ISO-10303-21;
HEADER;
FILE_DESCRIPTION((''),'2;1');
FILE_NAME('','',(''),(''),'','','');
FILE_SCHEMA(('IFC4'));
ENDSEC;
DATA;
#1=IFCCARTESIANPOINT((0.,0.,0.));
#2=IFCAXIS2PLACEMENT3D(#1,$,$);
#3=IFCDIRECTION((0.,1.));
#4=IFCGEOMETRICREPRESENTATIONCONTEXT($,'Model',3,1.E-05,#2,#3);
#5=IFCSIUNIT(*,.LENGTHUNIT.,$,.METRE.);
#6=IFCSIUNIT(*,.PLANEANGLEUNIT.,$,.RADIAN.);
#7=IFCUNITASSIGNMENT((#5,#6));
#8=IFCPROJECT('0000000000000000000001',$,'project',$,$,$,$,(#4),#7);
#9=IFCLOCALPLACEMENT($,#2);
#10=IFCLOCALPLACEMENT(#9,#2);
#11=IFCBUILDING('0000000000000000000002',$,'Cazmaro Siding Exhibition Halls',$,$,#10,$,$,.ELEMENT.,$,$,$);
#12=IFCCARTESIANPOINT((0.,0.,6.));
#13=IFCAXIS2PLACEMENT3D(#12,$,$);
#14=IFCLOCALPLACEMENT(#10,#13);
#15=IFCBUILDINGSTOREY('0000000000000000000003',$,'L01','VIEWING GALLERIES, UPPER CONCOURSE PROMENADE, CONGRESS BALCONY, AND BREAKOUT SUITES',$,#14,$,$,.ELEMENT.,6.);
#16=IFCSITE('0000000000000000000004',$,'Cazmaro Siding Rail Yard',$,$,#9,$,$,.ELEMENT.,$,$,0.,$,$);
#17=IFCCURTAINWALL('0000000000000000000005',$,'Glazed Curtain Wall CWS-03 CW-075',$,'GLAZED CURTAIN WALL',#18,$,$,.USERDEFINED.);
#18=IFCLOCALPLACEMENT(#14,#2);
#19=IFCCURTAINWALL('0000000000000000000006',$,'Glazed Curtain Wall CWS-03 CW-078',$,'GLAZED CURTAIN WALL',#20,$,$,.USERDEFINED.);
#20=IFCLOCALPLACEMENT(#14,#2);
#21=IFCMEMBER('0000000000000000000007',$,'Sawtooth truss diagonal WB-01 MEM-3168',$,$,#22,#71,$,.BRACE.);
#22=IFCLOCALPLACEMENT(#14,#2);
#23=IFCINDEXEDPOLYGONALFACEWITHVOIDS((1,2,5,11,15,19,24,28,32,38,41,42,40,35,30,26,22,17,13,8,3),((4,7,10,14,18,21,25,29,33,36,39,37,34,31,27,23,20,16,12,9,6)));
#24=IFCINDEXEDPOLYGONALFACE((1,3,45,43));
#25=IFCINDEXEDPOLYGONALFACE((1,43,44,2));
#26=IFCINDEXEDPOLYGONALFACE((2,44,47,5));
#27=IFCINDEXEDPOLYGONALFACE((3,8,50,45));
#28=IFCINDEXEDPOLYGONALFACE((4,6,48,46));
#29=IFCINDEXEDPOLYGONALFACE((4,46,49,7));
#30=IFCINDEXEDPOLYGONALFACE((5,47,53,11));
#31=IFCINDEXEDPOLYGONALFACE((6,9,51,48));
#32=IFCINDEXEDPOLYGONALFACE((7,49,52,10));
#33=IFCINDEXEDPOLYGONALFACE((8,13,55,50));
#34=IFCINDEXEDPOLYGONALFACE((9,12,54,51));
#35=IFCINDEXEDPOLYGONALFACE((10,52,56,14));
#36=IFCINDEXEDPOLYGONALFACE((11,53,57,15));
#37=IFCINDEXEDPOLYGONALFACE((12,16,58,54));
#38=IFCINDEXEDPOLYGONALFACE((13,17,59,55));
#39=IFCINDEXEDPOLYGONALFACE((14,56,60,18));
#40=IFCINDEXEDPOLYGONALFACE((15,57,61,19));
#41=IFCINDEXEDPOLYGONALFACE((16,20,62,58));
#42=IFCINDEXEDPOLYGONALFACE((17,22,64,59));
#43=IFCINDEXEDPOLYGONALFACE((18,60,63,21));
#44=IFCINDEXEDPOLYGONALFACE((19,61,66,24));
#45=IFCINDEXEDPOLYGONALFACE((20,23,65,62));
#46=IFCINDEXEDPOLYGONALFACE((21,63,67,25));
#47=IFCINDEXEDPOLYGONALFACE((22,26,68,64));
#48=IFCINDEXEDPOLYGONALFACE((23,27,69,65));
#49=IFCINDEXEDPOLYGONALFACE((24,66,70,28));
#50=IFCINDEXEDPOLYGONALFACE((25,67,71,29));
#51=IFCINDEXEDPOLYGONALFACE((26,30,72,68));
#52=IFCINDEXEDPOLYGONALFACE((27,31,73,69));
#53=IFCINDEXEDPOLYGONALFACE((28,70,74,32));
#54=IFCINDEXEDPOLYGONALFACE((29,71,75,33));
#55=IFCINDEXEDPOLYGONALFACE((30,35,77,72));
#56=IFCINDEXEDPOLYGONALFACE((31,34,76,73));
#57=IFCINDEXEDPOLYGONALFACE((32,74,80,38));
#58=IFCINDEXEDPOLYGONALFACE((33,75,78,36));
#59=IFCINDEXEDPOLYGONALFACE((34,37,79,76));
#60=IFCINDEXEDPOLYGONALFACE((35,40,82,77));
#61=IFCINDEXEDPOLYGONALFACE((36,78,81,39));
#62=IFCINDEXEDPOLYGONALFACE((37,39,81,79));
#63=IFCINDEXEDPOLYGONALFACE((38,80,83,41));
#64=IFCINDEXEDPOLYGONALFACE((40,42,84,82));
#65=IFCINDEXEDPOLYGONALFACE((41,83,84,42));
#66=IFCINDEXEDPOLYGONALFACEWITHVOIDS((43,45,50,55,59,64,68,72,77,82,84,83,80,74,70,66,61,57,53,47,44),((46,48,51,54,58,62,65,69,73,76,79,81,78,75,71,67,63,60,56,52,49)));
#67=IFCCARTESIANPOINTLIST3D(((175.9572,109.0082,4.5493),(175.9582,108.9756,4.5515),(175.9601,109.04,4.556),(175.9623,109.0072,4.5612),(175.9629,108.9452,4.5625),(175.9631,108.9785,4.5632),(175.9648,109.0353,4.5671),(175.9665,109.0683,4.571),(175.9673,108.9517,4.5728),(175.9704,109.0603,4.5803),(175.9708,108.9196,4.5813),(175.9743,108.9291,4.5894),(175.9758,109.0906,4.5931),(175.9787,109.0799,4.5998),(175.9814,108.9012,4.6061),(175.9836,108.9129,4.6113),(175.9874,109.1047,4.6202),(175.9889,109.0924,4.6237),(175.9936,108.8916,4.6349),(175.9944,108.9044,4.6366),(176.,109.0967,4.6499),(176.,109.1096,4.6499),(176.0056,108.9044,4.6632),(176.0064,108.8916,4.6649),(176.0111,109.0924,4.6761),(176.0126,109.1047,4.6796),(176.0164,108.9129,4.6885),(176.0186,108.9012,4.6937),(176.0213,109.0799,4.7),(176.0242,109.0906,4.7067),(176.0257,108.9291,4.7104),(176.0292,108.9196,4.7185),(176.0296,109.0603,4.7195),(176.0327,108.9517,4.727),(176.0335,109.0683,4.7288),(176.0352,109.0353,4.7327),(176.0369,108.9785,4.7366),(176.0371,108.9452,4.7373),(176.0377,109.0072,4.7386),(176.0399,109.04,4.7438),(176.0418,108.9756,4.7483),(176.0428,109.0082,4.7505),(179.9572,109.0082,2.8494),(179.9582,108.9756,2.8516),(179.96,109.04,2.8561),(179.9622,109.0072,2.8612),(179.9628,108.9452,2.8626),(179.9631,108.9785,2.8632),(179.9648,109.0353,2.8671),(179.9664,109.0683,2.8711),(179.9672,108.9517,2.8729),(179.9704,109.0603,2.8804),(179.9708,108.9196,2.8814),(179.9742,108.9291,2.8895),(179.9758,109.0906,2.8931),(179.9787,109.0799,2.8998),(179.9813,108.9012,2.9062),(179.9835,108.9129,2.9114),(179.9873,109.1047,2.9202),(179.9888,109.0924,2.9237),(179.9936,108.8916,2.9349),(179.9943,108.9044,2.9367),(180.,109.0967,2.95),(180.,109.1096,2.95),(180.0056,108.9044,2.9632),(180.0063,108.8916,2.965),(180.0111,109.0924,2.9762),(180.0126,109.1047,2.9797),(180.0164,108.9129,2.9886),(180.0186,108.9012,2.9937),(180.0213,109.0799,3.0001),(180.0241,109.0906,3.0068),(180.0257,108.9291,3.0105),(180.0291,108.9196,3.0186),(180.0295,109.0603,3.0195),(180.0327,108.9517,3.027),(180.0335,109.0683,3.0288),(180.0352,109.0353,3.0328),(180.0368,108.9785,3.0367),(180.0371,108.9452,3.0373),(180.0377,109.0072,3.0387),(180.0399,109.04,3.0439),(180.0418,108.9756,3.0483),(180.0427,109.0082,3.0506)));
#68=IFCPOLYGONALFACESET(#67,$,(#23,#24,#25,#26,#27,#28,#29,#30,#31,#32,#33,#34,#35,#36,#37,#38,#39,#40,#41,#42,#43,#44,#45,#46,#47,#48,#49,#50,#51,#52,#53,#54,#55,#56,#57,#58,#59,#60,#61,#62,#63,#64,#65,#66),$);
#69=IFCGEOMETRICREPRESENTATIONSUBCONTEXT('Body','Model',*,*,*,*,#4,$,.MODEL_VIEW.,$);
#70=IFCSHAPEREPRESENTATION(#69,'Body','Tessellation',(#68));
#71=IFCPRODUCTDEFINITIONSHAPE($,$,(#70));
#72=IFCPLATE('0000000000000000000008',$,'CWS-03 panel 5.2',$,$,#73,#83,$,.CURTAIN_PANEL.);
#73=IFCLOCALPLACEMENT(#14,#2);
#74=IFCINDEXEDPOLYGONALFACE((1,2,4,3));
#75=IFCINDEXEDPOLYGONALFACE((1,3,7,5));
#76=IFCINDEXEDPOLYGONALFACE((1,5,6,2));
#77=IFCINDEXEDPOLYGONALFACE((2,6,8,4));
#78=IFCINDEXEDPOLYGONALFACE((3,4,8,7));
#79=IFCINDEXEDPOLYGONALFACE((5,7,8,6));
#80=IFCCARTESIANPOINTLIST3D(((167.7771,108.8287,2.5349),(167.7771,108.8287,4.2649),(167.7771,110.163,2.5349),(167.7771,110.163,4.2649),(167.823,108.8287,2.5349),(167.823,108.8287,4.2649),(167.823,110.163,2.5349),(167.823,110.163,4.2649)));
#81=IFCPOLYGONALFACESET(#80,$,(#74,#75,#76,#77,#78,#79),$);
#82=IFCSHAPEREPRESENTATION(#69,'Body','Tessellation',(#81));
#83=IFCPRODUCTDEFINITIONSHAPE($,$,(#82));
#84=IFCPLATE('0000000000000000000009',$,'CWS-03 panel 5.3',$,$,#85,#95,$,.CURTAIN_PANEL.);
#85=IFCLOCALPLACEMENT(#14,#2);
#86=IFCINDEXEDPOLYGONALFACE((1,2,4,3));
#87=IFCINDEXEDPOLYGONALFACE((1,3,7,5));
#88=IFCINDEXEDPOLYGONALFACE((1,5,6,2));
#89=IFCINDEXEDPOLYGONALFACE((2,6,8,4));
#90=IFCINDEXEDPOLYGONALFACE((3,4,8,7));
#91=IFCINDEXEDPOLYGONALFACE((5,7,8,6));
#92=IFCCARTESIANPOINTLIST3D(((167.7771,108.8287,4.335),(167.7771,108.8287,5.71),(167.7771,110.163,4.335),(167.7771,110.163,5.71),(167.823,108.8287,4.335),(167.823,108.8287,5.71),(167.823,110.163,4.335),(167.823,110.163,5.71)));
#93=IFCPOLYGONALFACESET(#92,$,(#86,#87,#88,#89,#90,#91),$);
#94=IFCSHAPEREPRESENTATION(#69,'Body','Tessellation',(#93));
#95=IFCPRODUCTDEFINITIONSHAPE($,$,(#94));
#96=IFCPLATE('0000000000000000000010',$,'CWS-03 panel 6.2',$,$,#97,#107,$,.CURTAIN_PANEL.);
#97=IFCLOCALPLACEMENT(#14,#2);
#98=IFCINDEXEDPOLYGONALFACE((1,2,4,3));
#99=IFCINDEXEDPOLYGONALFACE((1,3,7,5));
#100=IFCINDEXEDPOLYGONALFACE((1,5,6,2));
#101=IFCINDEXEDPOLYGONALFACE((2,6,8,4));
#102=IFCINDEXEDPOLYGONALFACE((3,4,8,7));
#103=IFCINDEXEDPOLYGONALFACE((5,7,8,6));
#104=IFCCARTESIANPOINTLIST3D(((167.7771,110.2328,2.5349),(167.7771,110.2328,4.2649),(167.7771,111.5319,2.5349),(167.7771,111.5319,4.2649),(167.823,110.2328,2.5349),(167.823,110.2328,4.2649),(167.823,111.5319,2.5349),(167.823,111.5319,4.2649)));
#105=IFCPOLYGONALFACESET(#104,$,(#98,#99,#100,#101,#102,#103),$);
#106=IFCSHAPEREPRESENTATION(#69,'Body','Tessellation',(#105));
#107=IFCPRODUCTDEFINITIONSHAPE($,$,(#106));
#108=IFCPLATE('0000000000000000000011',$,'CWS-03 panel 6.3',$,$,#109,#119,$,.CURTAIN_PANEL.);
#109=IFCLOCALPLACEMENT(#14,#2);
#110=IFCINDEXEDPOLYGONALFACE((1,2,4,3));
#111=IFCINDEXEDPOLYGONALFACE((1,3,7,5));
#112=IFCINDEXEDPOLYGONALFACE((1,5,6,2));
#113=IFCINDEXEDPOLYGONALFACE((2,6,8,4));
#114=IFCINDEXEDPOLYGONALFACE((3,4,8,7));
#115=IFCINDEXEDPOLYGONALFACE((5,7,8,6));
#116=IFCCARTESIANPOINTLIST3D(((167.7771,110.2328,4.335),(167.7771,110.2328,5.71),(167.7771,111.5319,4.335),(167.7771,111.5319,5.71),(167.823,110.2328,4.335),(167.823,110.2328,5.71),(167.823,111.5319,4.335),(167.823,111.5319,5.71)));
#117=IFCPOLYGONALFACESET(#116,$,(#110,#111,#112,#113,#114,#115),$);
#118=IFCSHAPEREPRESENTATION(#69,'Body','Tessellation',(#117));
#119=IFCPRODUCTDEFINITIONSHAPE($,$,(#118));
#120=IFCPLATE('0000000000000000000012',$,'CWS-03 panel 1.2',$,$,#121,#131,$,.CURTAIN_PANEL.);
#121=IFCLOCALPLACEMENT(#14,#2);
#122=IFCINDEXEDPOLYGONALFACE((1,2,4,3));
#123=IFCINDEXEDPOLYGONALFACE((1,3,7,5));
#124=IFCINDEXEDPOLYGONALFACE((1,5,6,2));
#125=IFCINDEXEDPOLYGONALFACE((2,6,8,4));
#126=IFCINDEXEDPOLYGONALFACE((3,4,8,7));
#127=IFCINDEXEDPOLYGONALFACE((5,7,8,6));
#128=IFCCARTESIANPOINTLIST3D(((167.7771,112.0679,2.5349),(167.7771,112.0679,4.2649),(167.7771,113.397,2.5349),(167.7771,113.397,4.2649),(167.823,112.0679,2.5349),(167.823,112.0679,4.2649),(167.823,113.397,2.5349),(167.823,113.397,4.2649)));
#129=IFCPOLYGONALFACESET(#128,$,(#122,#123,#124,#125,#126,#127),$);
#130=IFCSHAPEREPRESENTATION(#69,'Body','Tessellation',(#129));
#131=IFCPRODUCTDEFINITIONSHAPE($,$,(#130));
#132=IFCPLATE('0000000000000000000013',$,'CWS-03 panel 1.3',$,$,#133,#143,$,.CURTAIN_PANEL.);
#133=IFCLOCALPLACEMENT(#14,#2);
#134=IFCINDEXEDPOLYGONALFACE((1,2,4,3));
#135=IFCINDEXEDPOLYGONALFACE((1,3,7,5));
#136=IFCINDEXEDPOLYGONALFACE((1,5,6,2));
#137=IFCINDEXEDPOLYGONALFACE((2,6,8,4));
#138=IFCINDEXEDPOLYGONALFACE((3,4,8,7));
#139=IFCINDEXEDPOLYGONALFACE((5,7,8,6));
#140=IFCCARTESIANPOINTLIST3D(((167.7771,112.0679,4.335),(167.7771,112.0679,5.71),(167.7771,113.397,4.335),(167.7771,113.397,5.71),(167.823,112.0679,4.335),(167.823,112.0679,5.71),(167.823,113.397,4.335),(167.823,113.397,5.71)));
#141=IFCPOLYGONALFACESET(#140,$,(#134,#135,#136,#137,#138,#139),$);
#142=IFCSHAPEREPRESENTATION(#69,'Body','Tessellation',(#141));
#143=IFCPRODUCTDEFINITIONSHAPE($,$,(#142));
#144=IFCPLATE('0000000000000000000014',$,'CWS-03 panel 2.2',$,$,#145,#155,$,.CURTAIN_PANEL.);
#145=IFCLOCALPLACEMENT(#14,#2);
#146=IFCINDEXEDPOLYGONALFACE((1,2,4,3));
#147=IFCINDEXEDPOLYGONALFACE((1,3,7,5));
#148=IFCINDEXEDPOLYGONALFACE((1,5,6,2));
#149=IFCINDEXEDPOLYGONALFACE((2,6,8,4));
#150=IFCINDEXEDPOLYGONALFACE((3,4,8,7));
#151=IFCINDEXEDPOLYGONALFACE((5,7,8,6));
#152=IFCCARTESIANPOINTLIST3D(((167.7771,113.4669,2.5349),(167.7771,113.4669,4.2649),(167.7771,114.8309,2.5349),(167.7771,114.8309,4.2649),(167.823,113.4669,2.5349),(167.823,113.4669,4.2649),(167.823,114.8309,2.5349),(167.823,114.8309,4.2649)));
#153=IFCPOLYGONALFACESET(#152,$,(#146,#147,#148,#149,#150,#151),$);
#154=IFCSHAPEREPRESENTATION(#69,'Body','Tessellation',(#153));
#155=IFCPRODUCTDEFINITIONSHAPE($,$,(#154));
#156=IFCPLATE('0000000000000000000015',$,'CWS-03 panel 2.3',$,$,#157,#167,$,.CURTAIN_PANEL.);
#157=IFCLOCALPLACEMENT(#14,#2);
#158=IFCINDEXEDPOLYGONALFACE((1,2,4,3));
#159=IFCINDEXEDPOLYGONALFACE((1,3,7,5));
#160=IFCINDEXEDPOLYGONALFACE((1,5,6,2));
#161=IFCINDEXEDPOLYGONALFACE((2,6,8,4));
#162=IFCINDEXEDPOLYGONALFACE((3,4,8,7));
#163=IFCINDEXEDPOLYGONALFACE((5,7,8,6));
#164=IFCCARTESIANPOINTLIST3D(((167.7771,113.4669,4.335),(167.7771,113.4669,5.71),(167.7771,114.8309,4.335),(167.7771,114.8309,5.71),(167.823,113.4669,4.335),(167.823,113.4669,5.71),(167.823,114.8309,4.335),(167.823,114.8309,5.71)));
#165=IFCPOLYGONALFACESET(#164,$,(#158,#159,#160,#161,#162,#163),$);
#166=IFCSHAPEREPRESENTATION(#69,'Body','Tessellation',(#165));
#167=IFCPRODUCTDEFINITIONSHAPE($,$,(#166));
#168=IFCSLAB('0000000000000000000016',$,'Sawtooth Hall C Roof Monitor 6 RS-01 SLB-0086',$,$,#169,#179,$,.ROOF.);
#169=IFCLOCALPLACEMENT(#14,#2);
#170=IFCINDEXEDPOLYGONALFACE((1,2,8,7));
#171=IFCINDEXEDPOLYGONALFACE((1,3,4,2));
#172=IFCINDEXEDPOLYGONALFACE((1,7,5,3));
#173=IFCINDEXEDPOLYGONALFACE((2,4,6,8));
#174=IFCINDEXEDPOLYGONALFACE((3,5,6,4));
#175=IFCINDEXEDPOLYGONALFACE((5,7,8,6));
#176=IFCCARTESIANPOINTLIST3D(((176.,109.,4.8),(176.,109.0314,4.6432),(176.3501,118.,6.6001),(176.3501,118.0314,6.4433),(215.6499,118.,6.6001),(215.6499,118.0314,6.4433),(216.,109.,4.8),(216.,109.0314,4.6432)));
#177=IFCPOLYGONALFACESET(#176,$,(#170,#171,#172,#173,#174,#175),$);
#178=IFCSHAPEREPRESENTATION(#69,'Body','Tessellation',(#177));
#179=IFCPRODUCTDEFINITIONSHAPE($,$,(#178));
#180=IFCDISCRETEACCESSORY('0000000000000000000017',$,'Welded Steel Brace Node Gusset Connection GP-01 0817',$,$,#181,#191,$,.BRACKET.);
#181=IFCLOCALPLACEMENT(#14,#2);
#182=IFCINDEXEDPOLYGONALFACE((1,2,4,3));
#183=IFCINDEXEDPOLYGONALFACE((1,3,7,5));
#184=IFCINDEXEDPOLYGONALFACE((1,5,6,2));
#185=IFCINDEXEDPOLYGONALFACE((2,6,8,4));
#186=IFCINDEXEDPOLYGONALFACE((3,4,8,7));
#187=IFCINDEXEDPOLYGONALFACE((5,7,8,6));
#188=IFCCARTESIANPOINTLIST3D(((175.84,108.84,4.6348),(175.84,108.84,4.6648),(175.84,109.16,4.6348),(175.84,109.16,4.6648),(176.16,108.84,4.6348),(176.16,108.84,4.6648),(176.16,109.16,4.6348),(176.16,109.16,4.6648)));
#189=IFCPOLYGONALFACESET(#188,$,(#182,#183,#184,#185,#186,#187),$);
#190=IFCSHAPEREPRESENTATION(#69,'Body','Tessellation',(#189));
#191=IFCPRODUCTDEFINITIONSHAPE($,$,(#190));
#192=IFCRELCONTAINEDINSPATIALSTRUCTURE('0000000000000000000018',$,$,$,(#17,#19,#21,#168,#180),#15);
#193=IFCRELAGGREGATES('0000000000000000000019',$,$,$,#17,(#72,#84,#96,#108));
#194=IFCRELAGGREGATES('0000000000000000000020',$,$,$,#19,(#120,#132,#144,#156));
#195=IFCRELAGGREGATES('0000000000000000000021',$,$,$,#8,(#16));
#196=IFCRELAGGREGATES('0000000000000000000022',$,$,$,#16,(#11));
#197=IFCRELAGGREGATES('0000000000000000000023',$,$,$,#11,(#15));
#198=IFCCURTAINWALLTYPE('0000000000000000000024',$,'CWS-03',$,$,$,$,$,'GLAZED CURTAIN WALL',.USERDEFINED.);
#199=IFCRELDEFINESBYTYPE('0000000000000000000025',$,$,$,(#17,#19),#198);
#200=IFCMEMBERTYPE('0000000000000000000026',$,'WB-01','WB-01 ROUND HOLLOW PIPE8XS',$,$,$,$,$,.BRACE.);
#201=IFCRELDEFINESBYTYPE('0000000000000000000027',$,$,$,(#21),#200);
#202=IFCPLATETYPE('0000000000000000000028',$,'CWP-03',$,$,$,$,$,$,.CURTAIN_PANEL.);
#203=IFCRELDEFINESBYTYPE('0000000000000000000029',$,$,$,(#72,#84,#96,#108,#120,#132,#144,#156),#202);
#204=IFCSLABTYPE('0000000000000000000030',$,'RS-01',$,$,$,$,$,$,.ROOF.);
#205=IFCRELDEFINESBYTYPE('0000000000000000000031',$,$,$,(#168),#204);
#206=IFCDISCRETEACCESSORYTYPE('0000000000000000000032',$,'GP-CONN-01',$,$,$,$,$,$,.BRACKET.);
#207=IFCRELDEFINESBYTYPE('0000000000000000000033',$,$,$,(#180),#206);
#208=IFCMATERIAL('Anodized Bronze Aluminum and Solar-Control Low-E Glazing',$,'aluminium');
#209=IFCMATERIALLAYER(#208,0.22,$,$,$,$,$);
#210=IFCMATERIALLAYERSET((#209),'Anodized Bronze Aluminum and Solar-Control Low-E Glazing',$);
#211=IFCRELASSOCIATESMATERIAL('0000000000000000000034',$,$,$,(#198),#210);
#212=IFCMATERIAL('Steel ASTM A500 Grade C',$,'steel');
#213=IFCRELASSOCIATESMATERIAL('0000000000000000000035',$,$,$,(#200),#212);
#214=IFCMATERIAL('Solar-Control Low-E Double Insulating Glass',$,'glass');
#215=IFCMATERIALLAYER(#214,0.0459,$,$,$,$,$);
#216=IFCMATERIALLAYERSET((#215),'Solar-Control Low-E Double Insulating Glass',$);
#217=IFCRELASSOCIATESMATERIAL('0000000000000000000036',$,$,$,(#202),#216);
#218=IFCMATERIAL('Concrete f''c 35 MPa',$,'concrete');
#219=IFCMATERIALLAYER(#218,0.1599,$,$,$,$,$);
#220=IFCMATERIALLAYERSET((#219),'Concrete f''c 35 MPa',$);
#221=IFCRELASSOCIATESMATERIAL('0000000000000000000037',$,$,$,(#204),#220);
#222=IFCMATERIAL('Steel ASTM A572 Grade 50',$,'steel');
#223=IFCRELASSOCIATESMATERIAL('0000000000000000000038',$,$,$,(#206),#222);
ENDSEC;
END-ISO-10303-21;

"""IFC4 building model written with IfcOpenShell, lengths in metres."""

from ifc_helpers import new_model, si_unit, direction, frame, origin, origin_2d, place, context, subcontext, project, spatial, polyline, rectangle, hollow_circle, outline, extrude, material, layer, layer_set, material_profile, profile_set, type_object, element, aggregate, save


model = new_model("IFC4")

# Units and contexts
model_context = context("Model", 3, precision=1e-05, world=origin(), true_north=direction((0.0, 1.0)))
body_context = subcontext(model_context, "Body", "Model", "MODEL_VIEW")
ifc_project = project(units=[si_unit("LENGTHUNIT", "METRE"), si_unit("PLANEANGLEUNIT", "RADIAN")], contexts=[model_context])

# Site, building, storey
site_placement = place(None, origin())
site = spatial("IfcSite", under=ifc_project, at=site_placement, Name="Cazmaro Siding Rail Yard", CompositionType="ELEMENT", RefElevation=0.0)
building_placement = place(site_placement, origin())
building = spatial("IfcBuilding", under=site, at=building_placement, Name="Cazmaro Siding Exhibition Halls", CompositionType="ELEMENT")
storey_placement = place(building_placement, frame((0.0, 0.0, 6.0)))
storey = spatial("IfcBuildingStorey", under=building, at=storey_placement, Name="L01", Description="VIEWING GALLERIES, UPPER CONCOURSE PROMENADE, CONGRESS BALCONY, AND BREAKOUT SUITES", CompositionType="ELEMENT", Elevation=6.0)

# Curtain walls
ifc_material_1 = material(Name="Anodized Bronze Aluminum and Solar-Control Low-E Glazing", Category="aluminium")
ifc_layer_1 = layer(ifc_material_1, 0.22)
ifc_layer_set_1 = layer_set([ifc_layer_1], Name="Anodized Bronze Aluminum and Solar-Control Low-E Glazing")
curtain_wall_type_1 = type_object("IfcCurtainWallType", Name="CWS-03", ElementType="GLAZED CURTAIN WALL", PredefinedType="USERDEFINED", material=ifc_layer_set_1)
curtain_wall_1_placement = place(storey_placement, origin())
curtain_wall_1 = element("IfcCurtainWall", 1, at=curtain_wall_1_placement, inside=storey, type_object=curtain_wall_type_1, Name="Glazed Curtain Wall CWS-03 CW-075", ObjectType="GLAZED CURTAIN WALL", PredefinedType="USERDEFINED")
curtain_wall_2_placement = place(storey_placement, origin())
curtain_wall_2 = element("IfcCurtainWall", 2, at=curtain_wall_2_placement, inside=storey, type_object=curtain_wall_type_1, Name="Glazed Curtain Wall CWS-03 CW-078", ObjectType="GLAZED CURTAIN WALL", PredefinedType="USERDEFINED")

# Member
ifc_material_2 = material(Name="Steel ASTM A500 Grade C", Category="steel")
ifc_material_profile_1 = material_profile(ifc_material_2, hollow_circle(Radius=0.1096, WallThickness=0.0129, at=origin_2d()), Name="PIPE8XS")
ifc_profile_set_1 = profile_set([ifc_material_profile_1], Name="Steel ASTM A500 Grade C")
member_type_1 = type_object("IfcMemberType", Name="WB-01", Description="WB-01 ROUND HOLLOW PIPE8XS", PredefinedType="BRACE", material=ifc_profile_set_1)
member_1_placement = place(storey_placement, frame((176.0, 109.0, 4.6499), z_axis=(0.920335, 0.0, -0.391131), x_axis=(0.0, 1.0, 0.0)))
element("IfcMember", 3, at=member_1_placement, inside=storey, type_object=member_type_1, Name="Sawtooth truss diagonal WB-01 MEM-3168", PredefinedType="BRACE", context=body_context, shape_type="SweptSolid", body=[
    extrude(hollow_circle(Radius=0.1096, WallThickness=0.0129, at=origin_2d()), origin(), (0.0, 0.0, 1.0), 4.3462),
])

# Plates
ifc_material_3 = material(Name="Solar-Control Low-E Double Insulating Glass", Category="glass")
ifc_layer_2 = layer(ifc_material_3, 0.0459)
ifc_layer_set_2 = layer_set([ifc_layer_2], Name="Solar-Control Low-E Double Insulating Glass")
plate_type = type_object("IfcPlateType", Name="CWP-03", PredefinedType="CURTAIN_PANEL", material=ifc_layer_set_2)
plate_1_placement = place(storey_placement, frame((167.8, 109.4958, 2.5349), z_axis=(0.0, 0.0, 1.0), x_axis=(0.0, 1.0, 0.0)))
plate_1 = element("IfcPlate", 4, at=plate_1_placement, type_object=plate_type, Name="CWS-03 panel 5.2", PredefinedType="CURTAIN_PANEL", context=body_context, shape_type="SweptSolid", body=[
    extrude(rectangle(XDim=1.3342, YDim=0.0459, at=origin_2d()), origin(), (0.0, 0.0, 1.0), 1.73),
])
plate_2_placement = place(storey_placement, frame((167.8, 109.4958, 4.335), z_axis=(0.0, 0.0, 1.0), x_axis=(0.0, 1.0, 0.0)))
plate_2 = element("IfcPlate", 5, at=plate_2_placement, type_object=plate_type, Name="CWS-03 panel 5.3", PredefinedType="CURTAIN_PANEL", context=body_context, shape_type="SweptSolid", body=[
    extrude(rectangle(XDim=1.3342, YDim=0.0459, at=origin_2d()), origin(), (0.0, 0.0, 1.0), 1.375),
])
plate_3_placement = place(storey_placement, frame((167.8, 110.8823, 2.5349), z_axis=(0.0, 0.0, 1.0), x_axis=(0.0, 1.0, 0.0)))
plate_3 = element("IfcPlate", 6, at=plate_3_placement, type_object=plate_type, Name="CWS-03 panel 6.2", PredefinedType="CURTAIN_PANEL", context=body_context, shape_type="SweptSolid", body=[
    extrude(rectangle(XDim=1.2991, YDim=0.0459, at=origin_2d()), origin(), (0.0, 0.0, 1.0), 1.73),
])
plate_4_placement = place(storey_placement, frame((167.8, 110.8823, 4.335), z_axis=(0.0, 0.0, 1.0), x_axis=(0.0, 1.0, 0.0)))
plate_4 = element("IfcPlate", 7, at=plate_4_placement, type_object=plate_type, Name="CWS-03 panel 6.3", PredefinedType="CURTAIN_PANEL", context=body_context, shape_type="SweptSolid", body=[
    extrude(rectangle(XDim=1.2991, YDim=0.0459, at=origin_2d()), origin(), (0.0, 0.0, 1.0), 1.375),
])
aggregate(curtain_wall_1, [plate_1, plate_2, plate_3, plate_4])
plate_5_placement = place(storey_placement, frame((167.8, 112.7324, 2.5349), z_axis=(0.0, 0.0, 1.0), x_axis=(0.0, 1.0, 0.0)))
plate_5 = element("IfcPlate", 8, at=plate_5_placement, type_object=plate_type, Name="CWS-03 panel 1.2", PredefinedType="CURTAIN_PANEL", context=body_context, shape_type="SweptSolid", body=[
    extrude(rectangle(XDim=1.3291, YDim=0.0459, at=origin_2d()), origin(), (0.0, 0.0, 1.0), 1.73),
])
plate_6_placement = place(storey_placement, frame((167.8, 112.7324, 4.335), z_axis=(0.0, 0.0, 1.0), x_axis=(0.0, 1.0, 0.0)))
plate_6 = element("IfcPlate", 9, at=plate_6_placement, type_object=plate_type, Name="CWS-03 panel 1.3", PredefinedType="CURTAIN_PANEL", context=body_context, shape_type="SweptSolid", body=[
    extrude(rectangle(XDim=1.3291, YDim=0.0459, at=origin_2d()), origin(), (0.0, 0.0, 1.0), 1.375),
])
plate_7_placement = place(storey_placement, frame((167.8, 114.1489, 2.5349), z_axis=(0.0, 0.0, 1.0), x_axis=(0.0, 1.0, 0.0)))
plate_7 = element("IfcPlate", 10, at=plate_7_placement, type_object=plate_type, Name="CWS-03 panel 2.2", PredefinedType="CURTAIN_PANEL", context=body_context, shape_type="SweptSolid", body=[
    extrude(rectangle(XDim=1.364, YDim=0.0459, at=origin_2d()), origin(), (0.0, 0.0, 1.0), 1.73),
])
plate_8_placement = place(storey_placement, frame((167.8, 114.1489, 4.335), z_axis=(0.0, 0.0, 1.0), x_axis=(0.0, 1.0, 0.0)))
plate_8 = element("IfcPlate", 11, at=plate_8_placement, type_object=plate_type, Name="CWS-03 panel 2.3", PredefinedType="CURTAIN_PANEL", context=body_context, shape_type="SweptSolid", body=[
    extrude(rectangle(XDim=1.364, YDim=0.0459, at=origin_2d()), origin(), (0.0, 0.0, 1.0), 1.375),
])
aggregate(curtain_wall_2, [plate_5, plate_6, plate_7, plate_8])

# Slab
ifc_material_4 = material(Name="Concrete f'c 35 MPa", Category="concrete")
ifc_layer_3 = layer(ifc_material_4, 0.1599)
ifc_layer_set_3 = layer_set([ifc_layer_3], Name="Concrete f'c 35 MPa")
slab_type = type_object("IfcSlabType", Name="RS-01", PredefinedType="ROOF", material=ifc_layer_set_3)
slab_placement = place(storey_placement, frame((176.0, 109.0, 4.8), z_axis=(0.0, -0.196121, 0.98058), x_axis=(1.0, 0.0, 0.0)))
element("IfcSlab", 12, at=slab_placement, inside=storey, type_object=slab_type, Name="Sawtooth Hall C Roof Monitor 6 RS-01 SLB-0086", PredefinedType="ROOF", context=body_context, shape_type="SweptSolid", body=[
    extrude(outline(polyline([(0.0, 0.0), (40.0, 0.0), (39.6499, 9.1782), (0.3501, 9.1782), (0.0, 0.0)])), origin(), (0.0, 0.0, -1.0), 0.1599),
])

# Discrete accessory
ifc_material_5 = material(Name="Steel ASTM A572 Grade 50", Category="steel")
discrete_accessory_type = type_object("IfcDiscreteAccessoryType", Name="GP-CONN-01", PredefinedType="BRACKET", material=ifc_material_5)
discrete_accessory_placement = place(storey_placement, frame((176.0, 109.0, 4.6348), z_axis=(0.0, 0.0, 1.0), x_axis=(1.0, 0.0, 0.0)))
element("IfcDiscreteAccessory", 13, at=discrete_accessory_placement, inside=storey, type_object=discrete_accessory_type, Name="Welded Steel Brace Node Gusset Connection GP-01 0817", PredefinedType="BRACKET", context=body_context, shape_type="SweptSolid", body=[
    extrude(rectangle(XDim=0.3201, YDim=0.3201, at=origin_2d()), origin(), (0.0, 0.0, 1.0), 0.03),
])

save(model, "model.ifc")
